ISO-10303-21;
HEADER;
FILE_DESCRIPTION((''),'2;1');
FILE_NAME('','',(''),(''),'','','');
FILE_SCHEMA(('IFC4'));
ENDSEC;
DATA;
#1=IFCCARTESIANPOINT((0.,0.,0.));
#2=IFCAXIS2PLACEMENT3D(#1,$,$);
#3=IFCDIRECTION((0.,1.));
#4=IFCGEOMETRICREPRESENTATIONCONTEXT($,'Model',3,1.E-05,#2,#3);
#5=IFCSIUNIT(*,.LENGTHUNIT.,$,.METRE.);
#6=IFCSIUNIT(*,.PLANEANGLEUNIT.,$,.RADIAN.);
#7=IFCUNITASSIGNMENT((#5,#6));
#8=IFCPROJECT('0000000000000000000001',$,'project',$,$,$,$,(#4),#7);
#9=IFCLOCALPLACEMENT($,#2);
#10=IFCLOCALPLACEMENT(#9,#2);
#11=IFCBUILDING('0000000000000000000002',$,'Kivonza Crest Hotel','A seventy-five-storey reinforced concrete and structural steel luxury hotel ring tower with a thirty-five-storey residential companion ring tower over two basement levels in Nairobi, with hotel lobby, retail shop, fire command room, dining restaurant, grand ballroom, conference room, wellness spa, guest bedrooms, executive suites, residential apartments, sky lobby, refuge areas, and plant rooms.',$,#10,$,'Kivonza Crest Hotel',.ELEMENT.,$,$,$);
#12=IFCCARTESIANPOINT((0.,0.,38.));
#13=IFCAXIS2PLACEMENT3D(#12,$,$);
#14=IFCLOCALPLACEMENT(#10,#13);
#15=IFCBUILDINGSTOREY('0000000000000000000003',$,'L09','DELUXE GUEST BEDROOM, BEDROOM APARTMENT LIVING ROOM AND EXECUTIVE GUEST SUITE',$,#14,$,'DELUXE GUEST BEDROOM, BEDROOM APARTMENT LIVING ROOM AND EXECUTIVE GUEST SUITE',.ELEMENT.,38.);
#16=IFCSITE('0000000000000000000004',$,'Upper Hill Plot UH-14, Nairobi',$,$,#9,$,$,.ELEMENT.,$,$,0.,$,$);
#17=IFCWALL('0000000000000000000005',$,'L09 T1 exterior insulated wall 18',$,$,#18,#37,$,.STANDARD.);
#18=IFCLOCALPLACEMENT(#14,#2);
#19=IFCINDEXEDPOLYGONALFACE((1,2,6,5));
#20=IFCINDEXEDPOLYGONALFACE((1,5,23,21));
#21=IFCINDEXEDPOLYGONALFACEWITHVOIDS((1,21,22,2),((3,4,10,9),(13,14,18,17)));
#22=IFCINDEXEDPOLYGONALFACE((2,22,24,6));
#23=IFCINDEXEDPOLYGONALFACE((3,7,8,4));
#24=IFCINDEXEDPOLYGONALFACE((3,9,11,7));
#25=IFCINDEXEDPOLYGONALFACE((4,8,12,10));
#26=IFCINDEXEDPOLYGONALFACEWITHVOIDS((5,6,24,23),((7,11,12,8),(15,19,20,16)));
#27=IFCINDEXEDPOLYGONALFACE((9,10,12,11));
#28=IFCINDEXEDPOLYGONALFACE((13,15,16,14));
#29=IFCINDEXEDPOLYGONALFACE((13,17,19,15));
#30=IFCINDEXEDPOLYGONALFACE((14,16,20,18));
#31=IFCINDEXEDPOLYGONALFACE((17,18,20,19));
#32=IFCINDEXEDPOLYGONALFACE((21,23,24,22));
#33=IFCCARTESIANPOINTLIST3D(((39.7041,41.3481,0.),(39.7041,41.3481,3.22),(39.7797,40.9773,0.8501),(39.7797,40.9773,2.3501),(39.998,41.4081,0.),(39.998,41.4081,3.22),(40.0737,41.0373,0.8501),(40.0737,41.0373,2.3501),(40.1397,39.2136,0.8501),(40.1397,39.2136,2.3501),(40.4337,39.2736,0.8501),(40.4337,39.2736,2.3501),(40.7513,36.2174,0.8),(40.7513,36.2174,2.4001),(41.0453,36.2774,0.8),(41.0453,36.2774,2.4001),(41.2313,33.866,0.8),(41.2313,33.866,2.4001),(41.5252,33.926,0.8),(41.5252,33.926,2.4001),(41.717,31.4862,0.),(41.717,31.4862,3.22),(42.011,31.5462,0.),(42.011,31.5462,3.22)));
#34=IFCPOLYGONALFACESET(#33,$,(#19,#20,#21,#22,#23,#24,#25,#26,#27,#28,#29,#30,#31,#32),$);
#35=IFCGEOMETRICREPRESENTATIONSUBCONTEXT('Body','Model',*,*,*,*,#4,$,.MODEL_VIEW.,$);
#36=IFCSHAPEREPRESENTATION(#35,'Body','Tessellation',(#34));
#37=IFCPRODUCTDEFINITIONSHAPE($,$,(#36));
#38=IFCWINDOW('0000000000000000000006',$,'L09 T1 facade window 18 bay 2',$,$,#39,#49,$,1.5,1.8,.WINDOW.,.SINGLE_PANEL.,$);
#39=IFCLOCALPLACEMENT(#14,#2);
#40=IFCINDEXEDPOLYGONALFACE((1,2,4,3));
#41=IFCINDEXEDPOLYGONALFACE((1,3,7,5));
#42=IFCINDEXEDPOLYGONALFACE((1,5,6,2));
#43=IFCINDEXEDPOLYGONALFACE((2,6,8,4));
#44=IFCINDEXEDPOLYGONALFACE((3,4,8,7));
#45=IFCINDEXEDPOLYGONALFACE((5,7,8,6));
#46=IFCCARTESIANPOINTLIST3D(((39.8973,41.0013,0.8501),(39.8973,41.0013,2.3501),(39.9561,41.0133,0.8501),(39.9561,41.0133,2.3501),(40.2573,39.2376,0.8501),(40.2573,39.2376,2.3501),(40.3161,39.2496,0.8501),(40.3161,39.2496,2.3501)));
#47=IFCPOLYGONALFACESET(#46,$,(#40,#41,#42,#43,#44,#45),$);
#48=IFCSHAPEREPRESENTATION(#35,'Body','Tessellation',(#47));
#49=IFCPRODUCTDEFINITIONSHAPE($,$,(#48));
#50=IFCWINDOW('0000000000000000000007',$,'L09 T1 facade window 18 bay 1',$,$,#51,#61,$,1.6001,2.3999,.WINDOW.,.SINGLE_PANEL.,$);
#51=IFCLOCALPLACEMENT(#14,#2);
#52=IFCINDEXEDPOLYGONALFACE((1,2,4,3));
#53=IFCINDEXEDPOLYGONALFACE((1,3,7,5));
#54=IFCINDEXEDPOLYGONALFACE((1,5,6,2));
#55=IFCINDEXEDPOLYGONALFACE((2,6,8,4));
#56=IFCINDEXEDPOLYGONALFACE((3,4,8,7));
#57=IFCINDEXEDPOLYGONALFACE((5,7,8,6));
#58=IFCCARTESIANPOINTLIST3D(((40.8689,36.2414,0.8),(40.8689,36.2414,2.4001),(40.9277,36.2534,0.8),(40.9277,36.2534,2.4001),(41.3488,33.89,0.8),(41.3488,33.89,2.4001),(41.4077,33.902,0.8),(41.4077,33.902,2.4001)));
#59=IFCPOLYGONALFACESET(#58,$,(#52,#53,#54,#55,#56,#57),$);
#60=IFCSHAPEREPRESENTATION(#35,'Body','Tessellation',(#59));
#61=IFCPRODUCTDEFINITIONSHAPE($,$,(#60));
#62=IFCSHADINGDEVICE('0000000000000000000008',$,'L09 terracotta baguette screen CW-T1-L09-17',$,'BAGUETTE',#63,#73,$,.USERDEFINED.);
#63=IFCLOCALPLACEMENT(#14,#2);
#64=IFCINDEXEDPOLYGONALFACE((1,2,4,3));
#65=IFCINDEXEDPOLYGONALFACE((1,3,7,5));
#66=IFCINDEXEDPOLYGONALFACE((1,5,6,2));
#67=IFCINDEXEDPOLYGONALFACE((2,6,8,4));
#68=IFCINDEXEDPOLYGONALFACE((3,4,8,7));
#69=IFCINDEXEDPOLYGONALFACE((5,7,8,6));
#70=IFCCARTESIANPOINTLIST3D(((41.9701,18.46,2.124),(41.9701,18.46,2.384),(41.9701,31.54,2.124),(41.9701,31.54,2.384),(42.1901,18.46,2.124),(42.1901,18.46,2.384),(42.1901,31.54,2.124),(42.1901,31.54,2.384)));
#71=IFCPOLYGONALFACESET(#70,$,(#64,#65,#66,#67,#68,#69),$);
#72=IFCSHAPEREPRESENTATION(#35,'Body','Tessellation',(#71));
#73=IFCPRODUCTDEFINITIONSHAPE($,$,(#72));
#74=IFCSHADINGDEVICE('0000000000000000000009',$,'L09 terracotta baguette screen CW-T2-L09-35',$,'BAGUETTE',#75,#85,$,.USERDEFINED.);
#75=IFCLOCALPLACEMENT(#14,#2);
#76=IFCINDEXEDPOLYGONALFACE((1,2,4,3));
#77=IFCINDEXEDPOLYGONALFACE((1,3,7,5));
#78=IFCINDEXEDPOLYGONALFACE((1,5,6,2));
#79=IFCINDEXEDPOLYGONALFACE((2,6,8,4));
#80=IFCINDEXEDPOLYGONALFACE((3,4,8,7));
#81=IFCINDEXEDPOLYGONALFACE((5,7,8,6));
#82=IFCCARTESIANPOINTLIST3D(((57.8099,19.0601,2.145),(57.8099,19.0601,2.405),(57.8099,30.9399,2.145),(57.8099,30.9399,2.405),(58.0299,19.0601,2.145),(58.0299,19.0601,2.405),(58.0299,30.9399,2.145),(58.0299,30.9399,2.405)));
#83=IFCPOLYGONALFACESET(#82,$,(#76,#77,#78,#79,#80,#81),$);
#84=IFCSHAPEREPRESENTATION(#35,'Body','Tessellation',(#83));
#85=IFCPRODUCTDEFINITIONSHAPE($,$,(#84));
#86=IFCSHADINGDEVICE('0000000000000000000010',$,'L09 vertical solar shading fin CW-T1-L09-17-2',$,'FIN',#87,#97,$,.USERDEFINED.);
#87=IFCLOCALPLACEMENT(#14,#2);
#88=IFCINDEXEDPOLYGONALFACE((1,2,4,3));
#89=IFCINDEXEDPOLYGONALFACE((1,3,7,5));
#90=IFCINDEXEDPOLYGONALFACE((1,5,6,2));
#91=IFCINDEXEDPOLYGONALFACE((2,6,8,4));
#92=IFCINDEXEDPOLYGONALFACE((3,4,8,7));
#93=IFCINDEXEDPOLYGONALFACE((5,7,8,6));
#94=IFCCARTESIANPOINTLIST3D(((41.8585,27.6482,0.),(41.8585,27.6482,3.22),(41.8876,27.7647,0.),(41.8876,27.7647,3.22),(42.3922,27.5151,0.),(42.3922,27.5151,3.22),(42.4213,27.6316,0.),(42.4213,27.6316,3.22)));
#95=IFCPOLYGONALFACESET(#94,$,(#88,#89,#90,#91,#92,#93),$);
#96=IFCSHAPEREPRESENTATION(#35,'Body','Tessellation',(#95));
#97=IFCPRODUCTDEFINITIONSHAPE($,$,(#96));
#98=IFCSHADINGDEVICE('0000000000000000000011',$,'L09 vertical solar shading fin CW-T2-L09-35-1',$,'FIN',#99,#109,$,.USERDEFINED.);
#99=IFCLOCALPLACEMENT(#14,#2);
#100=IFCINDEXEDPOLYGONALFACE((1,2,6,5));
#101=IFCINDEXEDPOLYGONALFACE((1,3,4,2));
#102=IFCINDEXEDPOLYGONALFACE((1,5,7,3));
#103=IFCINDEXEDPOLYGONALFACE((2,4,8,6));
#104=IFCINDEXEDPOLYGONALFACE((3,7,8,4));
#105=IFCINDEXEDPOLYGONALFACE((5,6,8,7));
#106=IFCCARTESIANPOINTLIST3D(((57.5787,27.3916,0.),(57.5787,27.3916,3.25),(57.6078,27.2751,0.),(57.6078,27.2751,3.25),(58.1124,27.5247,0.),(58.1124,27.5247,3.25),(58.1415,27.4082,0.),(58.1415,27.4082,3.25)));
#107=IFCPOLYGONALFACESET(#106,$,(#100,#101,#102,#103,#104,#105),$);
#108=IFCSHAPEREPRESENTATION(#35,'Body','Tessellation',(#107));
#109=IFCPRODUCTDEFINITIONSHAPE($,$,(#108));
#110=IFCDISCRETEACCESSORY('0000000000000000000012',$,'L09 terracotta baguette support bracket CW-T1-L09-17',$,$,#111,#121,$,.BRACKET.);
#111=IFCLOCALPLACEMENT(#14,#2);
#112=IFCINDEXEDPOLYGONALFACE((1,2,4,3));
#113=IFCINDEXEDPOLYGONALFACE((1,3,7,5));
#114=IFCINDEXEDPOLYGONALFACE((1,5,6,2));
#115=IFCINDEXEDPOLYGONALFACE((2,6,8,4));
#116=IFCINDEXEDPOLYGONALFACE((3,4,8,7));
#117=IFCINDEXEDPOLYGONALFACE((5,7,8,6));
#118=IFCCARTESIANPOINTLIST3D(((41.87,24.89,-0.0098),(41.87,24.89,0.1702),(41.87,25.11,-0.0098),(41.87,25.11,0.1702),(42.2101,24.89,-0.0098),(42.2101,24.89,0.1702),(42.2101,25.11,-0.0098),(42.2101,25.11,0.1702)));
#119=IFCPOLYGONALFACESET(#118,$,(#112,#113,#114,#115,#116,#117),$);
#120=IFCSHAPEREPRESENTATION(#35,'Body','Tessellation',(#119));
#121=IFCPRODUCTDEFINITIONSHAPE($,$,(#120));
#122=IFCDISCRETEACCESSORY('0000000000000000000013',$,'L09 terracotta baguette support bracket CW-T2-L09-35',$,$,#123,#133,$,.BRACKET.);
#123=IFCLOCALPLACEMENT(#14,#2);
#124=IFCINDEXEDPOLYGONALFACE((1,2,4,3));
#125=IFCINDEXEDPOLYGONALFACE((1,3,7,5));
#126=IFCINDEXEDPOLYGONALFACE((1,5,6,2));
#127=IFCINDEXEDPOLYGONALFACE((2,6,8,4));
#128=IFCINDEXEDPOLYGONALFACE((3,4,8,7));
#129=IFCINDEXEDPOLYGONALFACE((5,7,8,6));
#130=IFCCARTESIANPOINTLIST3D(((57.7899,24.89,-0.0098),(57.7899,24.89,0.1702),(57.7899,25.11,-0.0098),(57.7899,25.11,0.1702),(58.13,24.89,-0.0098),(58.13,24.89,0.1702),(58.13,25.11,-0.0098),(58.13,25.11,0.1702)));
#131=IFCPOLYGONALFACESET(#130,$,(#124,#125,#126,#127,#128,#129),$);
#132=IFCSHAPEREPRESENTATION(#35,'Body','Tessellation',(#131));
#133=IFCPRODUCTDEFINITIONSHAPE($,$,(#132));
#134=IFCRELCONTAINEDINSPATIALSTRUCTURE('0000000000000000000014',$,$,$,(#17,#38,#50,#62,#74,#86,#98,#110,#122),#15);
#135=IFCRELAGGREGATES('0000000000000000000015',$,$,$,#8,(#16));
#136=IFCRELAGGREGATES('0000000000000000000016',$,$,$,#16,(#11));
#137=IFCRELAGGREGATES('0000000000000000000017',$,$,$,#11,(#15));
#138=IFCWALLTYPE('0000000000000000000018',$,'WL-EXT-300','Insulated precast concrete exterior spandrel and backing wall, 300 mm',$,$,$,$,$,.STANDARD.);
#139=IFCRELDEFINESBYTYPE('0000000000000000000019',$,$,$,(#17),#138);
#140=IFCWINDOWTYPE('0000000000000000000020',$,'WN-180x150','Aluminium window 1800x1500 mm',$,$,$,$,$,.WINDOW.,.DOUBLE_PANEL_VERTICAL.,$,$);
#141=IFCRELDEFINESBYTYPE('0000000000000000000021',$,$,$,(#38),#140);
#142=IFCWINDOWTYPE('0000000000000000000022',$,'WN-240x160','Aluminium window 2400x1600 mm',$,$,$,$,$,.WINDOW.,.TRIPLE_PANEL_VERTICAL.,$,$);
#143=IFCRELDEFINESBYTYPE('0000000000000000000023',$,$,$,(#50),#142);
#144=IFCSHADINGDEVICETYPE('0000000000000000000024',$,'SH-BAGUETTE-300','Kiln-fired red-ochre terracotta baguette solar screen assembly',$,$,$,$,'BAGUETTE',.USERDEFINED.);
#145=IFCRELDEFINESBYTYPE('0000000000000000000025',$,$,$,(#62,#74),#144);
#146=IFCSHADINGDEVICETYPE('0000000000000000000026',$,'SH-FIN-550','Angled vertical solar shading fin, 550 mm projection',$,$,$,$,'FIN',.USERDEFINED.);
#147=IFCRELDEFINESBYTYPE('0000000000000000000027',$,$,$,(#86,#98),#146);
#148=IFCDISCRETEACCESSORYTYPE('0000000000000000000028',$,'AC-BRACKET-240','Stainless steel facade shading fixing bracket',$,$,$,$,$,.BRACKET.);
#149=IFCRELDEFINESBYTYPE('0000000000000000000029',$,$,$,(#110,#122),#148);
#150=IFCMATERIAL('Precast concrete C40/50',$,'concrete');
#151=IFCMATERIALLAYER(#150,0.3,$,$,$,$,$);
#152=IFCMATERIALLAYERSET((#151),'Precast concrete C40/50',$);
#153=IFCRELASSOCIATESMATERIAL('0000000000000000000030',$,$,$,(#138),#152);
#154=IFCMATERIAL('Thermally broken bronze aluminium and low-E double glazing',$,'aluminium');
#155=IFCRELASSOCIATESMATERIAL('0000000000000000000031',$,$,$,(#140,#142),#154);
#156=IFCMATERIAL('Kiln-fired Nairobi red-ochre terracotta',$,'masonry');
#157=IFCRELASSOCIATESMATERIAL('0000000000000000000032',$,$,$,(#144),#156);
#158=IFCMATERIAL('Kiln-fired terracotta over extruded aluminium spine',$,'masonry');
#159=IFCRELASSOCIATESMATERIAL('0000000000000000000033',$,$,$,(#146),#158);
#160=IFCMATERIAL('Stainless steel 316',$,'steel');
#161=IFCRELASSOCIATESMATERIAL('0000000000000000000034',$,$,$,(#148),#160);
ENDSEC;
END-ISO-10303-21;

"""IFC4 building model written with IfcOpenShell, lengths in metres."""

from ifc_helpers import new_model, si_unit, direction, frame, frame_2d, origin, origin_2d, place, context, subcontext, project, spatial, rectangle, extrude, material, layer, layer_set, type_object, element, fill, save


model = new_model("IFC4")

# Units and contexts
model_context = context("Model", 3, precision=1e-05, world=origin(), true_north=direction((0.0, 1.0)))
body_context = subcontext(model_context, "Body", "Model", "MODEL_VIEW")
ifc_project = project(units=[si_unit("LENGTHUNIT", "METRE"), si_unit("PLANEANGLEUNIT", "RADIAN")], contexts=[model_context])

# Site, building, storey
site_placement = place(None, origin())
site = spatial("IfcSite", under=ifc_project, at=site_placement, Name="Upper Hill Plot UH-14, Nairobi", CompositionType="ELEMENT", RefElevation=0.0)
building_placement = place(site_placement, origin())
building = spatial("IfcBuilding", under=site, at=building_placement, Name="Kivonza Crest Hotel", Description="A seventy-five-storey reinforced concrete and structural steel luxury hotel ring tower with a thirty-five-storey residential companion ring tower over two basement levels in Nairobi, with hotel lobby, retail shop, fire command room, dining restaurant, grand ballroom, conference room, wellness spa, guest bedrooms, executive suites, residential apartments, sky lobby, refuge areas, and plant rooms.", LongName="Kivonza Crest Hotel", CompositionType="ELEMENT")
storey_placement = place(building_placement, frame((0.0, 0.0, 38.0)))
storey = spatial("IfcBuildingStorey", under=building, at=storey_placement, Name="L09", Description="DELUXE GUEST BEDROOM, BEDROOM APARTMENT LIVING ROOM AND EXECUTIVE GUEST SUITE", LongName="DELUXE GUEST BEDROOM, BEDROOM APARTMENT LIVING ROOM AND EXECUTIVE GUEST SUITE", CompositionType="ELEMENT", Elevation=38.0)

# Wall, openings, windows
ifc_material_1 = material(Name="Precast concrete C40/50", Category="concrete")
ifc_layer_1 = layer(ifc_material_1, 0.3)
ifc_layer_set_1 = layer_set([ifc_layer_1], Name="Precast concrete C40/50")
wall_type = type_object("IfcWallType", Name="WL-EXT-300", Description="Insulated precast concrete exterior spandrel and backing wall, 300 mm", PredefinedType="STANDARD", material=ifc_layer_set_1)
wall_placement = place(storey_placement, frame((41.864, 31.5161, 0.0), z_axis=(0.0, 0.0, 1.0), x_axis=(-0.199991, 0.979798, 0.0)))
wall = element("IfcWall", 1, at=wall_placement, inside=storey, type_object=wall_type, Name="L09 T1 exterior insulated wall 18", PredefinedType="STANDARD", context=body_context, shape_type="SweptSolid", body=[
    extrude(rectangle(XDim=10.0652, YDim=0.3, at=frame_2d((5.0327, 0.0))), origin(), (0.0, 0.0, 1.0), 3.22),
])
opening_1_placement = place(wall_placement, frame((2.429, 0.0, 0.8)))
opening_1 = element("IfcOpeningElement", 2, at=opening_1_placement, cuts=wall, PredefinedType="OPENING", context=body_context, shape_type="SweptSolid", body=[
    extrude(rectangle(XDim=2.3999, YDim=1.6001, at=frame_2d((1.2, 0.8))), frame((0.0, 0.1602, 0.0), z_axis=(0.0, -1.0, 0.0), x_axis=(1.0, 0.0, 0.0)), (0.0, 0.0, 1.0), 0.3201),
])
opening_2_placement = place(wall_placement, frame((7.887, 0.0, 0.8501)))
opening_2 = element("IfcOpeningElement", 3, at=opening_2_placement, cuts=wall, PredefinedType="OPENING", context=body_context, shape_type="SweptSolid", body=[
    extrude(rectangle(XDim=1.8, YDim=1.5, at=frame_2d((0.8999, 0.75))), frame((0.0, 0.1602, 0.0), z_axis=(0.0, -1.0, 0.0), x_axis=(1.0, 0.0, 0.0)), (0.0, 0.0, 1.0), 0.3201),
])
ifc_material_2 = material(Name="Thermally broken bronze aluminium and low-E double glazing", Category="aluminium")
window_type_1 = type_object("IfcWindowType", Name="WN-180x150", Description="Aluminium window 1800x1500 mm", PartitioningType="DOUBLE_PANEL_VERTICAL", PredefinedType="WINDOW", material=ifc_material_2)
window_1_placement = place(opening_2_placement, origin())
window_1 = element("IfcWindow", 4, at=window_1_placement, inside=storey, type_object=window_type_1, Name="L09 T1 facade window 18 bay 2", OverallHeight=1.5, OverallWidth=1.8, PartitioningType="SINGLE_PANEL", PredefinedType="WINDOW", context=body_context, shape_type="SweptSolid", body=[
    extrude(rectangle(XDim=1.8, YDim=1.5, at=frame_2d((0.8999, 0.75))), frame((0.0, 0.03, 0.0), z_axis=(0.0, -1.0, 0.0), x_axis=(1.0, 0.0, 0.0)), (0.0, 0.0, 1.0), 0.0601),
])
fill(opening_2, window_1)
window_type_2 = type_object("IfcWindowType", Name="WN-240x160", Description="Aluminium window 2400x1600 mm", PartitioningType="TRIPLE_PANEL_VERTICAL", PredefinedType="WINDOW", material=ifc_material_2)
window_2_placement = place(opening_1_placement, origin())
window_2 = element("IfcWindow", 5, at=window_2_placement, inside=storey, type_object=window_type_2, Name="L09 T1 facade window 18 bay 1", OverallHeight=1.6001, OverallWidth=2.3999, PartitioningType="SINGLE_PANEL", PredefinedType="WINDOW", context=body_context, shape_type="SweptSolid", body=[
    extrude(rectangle(XDim=2.3999, YDim=1.6001, at=frame_2d((1.2, 0.8))), frame((0.0, 0.03, 0.0), z_axis=(0.0, -1.0, 0.0), x_axis=(1.0, 0.0, 0.0)), (0.0, 0.0, 1.0), 0.0601),
])
fill(opening_1, window_2)

# Shading devices
ifc_material_3 = material(Name="Kiln-fired Nairobi red-ochre terracotta", Category="masonry")
shading_device_type_1 = type_object("IfcShadingDeviceType", Name="SH-BAGUETTE-300", Description="Kiln-fired red-ochre terracotta baguette solar screen assembly", ElementType="BAGUETTE", PredefinedType="USERDEFINED", material=ifc_material_3)
shading_device_1_placement = place(storey_placement, frame((42.0801, 25.0, 2.124), z_axis=(0.0, 0.0, 1.0), x_axis=(0.0, 1.0, 0.0)))
element("IfcShadingDevice", 6, at=shading_device_1_placement, inside=storey, type_object=shading_device_type_1, Name="L09 terracotta baguette screen CW-T1-L09-17", ObjectType="BAGUETTE", PredefinedType="USERDEFINED", context=body_context, shape_type="SweptSolid", body=[
    extrude(rectangle(XDim=13.0801, YDim=0.22, at=origin_2d()), origin(), (0.0, 0.0, 1.0), 0.26),
])
shading_device_2_placement = place(storey_placement, frame((57.9199, 25.0, 2.145), z_axis=(0.0, 0.0, 1.0), x_axis=(0.0, -1.0, 0.0)))
element("IfcShadingDevice", 7, at=shading_device_2_placement, inside=storey, type_object=shading_device_type_1, Name="L09 terracotta baguette screen CW-T2-L09-35", ObjectType="BAGUETTE", PredefinedType="USERDEFINED", context=body_context, shape_type="SweptSolid", body=[
    extrude(rectangle(XDim=11.8799, YDim=0.22, at=origin_2d()), origin(), (0.0, 0.0, 1.0), 0.26),
])
ifc_material_4 = material(Name="Kiln-fired terracotta over extruded aluminium spine", Category="masonry")
shading_device_type_2 = type_object("IfcShadingDeviceType", Name="SH-FIN-550", Description="Angled vertical solar shading fin, 550 mm projection", ElementType="FIN", PredefinedType="USERDEFINED", material=ifc_material_4)
shading_device_3_placement = place(storey_placement, frame((42.1399, 27.6399, 0.0), z_axis=(0.0, 0.0, 1.0), x_axis=(0.241922, 0.970296, 0.0)))
element("IfcShadingDevice", 8, at=shading_device_3_placement, inside=storey, type_object=shading_device_type_2, Name="L09 vertical solar shading fin CW-T1-L09-17-2", ObjectType="FIN", PredefinedType="USERDEFINED", context=body_context, shape_type="SweptSolid", body=[
    extrude(rectangle(XDim=0.1201, YDim=0.55, at=origin_2d()), origin(), (0.0, 0.0, 1.0), 3.22),
])
shading_device_4_placement = place(storey_placement, frame((57.8601, 27.3999, 0.0), z_axis=(0.0, 0.0, 1.0), x_axis=(0.241922, -0.970296, 0.0)))
element("IfcShadingDevice", 9, at=shading_device_4_placement, inside=storey, type_object=shading_device_type_2, Name="L09 vertical solar shading fin CW-T2-L09-35-1", ObjectType="FIN", PredefinedType="USERDEFINED", context=body_context, shape_type="SweptSolid", body=[
    extrude(rectangle(XDim=0.1201, YDim=0.55, at=origin_2d()), origin(), (0.0, 0.0, 1.0), 3.25),
])

# Discrete accessories
ifc_material_5 = material(Name="Stainless steel 316", Category="steel")
discrete_accessory_type = type_object("IfcDiscreteAccessoryType", Name="AC-BRACKET-240", Description="Stainless steel facade shading fixing bracket", PredefinedType="BRACKET", material=ifc_material_5)
for number, where, z_axis, x_axis, name in (
    (10, (42.04, 25.0, -0.0098), (0.0, 0.0, 1.0), (0.0, 1.0, 0.0), "L09 terracotta baguette support bracket CW-T1-L09-17"),
    (11, (57.96, 25.0, -0.0098), (0.0, 0.0, 1.0), (0.0, -1.0, 0.0), "L09 terracotta baguette support bracket CW-T2-L09-35"),
):
    element("IfcDiscreteAccessory", number, at=place(storey_placement, frame(where, z_axis=z_axis, x_axis=x_axis)), inside=storey, type_object=discrete_accessory_type, Name=name, PredefinedType="BRACKET", context=body_context, shape_type="SweptSolid", body=[
        extrude(rectangle(XDim=0.22, YDim=0.3401, at=origin_2d()), origin(), (0.0, 0.0, 1.0), 0.1799),
    ])

save(model, "model.ifc")
